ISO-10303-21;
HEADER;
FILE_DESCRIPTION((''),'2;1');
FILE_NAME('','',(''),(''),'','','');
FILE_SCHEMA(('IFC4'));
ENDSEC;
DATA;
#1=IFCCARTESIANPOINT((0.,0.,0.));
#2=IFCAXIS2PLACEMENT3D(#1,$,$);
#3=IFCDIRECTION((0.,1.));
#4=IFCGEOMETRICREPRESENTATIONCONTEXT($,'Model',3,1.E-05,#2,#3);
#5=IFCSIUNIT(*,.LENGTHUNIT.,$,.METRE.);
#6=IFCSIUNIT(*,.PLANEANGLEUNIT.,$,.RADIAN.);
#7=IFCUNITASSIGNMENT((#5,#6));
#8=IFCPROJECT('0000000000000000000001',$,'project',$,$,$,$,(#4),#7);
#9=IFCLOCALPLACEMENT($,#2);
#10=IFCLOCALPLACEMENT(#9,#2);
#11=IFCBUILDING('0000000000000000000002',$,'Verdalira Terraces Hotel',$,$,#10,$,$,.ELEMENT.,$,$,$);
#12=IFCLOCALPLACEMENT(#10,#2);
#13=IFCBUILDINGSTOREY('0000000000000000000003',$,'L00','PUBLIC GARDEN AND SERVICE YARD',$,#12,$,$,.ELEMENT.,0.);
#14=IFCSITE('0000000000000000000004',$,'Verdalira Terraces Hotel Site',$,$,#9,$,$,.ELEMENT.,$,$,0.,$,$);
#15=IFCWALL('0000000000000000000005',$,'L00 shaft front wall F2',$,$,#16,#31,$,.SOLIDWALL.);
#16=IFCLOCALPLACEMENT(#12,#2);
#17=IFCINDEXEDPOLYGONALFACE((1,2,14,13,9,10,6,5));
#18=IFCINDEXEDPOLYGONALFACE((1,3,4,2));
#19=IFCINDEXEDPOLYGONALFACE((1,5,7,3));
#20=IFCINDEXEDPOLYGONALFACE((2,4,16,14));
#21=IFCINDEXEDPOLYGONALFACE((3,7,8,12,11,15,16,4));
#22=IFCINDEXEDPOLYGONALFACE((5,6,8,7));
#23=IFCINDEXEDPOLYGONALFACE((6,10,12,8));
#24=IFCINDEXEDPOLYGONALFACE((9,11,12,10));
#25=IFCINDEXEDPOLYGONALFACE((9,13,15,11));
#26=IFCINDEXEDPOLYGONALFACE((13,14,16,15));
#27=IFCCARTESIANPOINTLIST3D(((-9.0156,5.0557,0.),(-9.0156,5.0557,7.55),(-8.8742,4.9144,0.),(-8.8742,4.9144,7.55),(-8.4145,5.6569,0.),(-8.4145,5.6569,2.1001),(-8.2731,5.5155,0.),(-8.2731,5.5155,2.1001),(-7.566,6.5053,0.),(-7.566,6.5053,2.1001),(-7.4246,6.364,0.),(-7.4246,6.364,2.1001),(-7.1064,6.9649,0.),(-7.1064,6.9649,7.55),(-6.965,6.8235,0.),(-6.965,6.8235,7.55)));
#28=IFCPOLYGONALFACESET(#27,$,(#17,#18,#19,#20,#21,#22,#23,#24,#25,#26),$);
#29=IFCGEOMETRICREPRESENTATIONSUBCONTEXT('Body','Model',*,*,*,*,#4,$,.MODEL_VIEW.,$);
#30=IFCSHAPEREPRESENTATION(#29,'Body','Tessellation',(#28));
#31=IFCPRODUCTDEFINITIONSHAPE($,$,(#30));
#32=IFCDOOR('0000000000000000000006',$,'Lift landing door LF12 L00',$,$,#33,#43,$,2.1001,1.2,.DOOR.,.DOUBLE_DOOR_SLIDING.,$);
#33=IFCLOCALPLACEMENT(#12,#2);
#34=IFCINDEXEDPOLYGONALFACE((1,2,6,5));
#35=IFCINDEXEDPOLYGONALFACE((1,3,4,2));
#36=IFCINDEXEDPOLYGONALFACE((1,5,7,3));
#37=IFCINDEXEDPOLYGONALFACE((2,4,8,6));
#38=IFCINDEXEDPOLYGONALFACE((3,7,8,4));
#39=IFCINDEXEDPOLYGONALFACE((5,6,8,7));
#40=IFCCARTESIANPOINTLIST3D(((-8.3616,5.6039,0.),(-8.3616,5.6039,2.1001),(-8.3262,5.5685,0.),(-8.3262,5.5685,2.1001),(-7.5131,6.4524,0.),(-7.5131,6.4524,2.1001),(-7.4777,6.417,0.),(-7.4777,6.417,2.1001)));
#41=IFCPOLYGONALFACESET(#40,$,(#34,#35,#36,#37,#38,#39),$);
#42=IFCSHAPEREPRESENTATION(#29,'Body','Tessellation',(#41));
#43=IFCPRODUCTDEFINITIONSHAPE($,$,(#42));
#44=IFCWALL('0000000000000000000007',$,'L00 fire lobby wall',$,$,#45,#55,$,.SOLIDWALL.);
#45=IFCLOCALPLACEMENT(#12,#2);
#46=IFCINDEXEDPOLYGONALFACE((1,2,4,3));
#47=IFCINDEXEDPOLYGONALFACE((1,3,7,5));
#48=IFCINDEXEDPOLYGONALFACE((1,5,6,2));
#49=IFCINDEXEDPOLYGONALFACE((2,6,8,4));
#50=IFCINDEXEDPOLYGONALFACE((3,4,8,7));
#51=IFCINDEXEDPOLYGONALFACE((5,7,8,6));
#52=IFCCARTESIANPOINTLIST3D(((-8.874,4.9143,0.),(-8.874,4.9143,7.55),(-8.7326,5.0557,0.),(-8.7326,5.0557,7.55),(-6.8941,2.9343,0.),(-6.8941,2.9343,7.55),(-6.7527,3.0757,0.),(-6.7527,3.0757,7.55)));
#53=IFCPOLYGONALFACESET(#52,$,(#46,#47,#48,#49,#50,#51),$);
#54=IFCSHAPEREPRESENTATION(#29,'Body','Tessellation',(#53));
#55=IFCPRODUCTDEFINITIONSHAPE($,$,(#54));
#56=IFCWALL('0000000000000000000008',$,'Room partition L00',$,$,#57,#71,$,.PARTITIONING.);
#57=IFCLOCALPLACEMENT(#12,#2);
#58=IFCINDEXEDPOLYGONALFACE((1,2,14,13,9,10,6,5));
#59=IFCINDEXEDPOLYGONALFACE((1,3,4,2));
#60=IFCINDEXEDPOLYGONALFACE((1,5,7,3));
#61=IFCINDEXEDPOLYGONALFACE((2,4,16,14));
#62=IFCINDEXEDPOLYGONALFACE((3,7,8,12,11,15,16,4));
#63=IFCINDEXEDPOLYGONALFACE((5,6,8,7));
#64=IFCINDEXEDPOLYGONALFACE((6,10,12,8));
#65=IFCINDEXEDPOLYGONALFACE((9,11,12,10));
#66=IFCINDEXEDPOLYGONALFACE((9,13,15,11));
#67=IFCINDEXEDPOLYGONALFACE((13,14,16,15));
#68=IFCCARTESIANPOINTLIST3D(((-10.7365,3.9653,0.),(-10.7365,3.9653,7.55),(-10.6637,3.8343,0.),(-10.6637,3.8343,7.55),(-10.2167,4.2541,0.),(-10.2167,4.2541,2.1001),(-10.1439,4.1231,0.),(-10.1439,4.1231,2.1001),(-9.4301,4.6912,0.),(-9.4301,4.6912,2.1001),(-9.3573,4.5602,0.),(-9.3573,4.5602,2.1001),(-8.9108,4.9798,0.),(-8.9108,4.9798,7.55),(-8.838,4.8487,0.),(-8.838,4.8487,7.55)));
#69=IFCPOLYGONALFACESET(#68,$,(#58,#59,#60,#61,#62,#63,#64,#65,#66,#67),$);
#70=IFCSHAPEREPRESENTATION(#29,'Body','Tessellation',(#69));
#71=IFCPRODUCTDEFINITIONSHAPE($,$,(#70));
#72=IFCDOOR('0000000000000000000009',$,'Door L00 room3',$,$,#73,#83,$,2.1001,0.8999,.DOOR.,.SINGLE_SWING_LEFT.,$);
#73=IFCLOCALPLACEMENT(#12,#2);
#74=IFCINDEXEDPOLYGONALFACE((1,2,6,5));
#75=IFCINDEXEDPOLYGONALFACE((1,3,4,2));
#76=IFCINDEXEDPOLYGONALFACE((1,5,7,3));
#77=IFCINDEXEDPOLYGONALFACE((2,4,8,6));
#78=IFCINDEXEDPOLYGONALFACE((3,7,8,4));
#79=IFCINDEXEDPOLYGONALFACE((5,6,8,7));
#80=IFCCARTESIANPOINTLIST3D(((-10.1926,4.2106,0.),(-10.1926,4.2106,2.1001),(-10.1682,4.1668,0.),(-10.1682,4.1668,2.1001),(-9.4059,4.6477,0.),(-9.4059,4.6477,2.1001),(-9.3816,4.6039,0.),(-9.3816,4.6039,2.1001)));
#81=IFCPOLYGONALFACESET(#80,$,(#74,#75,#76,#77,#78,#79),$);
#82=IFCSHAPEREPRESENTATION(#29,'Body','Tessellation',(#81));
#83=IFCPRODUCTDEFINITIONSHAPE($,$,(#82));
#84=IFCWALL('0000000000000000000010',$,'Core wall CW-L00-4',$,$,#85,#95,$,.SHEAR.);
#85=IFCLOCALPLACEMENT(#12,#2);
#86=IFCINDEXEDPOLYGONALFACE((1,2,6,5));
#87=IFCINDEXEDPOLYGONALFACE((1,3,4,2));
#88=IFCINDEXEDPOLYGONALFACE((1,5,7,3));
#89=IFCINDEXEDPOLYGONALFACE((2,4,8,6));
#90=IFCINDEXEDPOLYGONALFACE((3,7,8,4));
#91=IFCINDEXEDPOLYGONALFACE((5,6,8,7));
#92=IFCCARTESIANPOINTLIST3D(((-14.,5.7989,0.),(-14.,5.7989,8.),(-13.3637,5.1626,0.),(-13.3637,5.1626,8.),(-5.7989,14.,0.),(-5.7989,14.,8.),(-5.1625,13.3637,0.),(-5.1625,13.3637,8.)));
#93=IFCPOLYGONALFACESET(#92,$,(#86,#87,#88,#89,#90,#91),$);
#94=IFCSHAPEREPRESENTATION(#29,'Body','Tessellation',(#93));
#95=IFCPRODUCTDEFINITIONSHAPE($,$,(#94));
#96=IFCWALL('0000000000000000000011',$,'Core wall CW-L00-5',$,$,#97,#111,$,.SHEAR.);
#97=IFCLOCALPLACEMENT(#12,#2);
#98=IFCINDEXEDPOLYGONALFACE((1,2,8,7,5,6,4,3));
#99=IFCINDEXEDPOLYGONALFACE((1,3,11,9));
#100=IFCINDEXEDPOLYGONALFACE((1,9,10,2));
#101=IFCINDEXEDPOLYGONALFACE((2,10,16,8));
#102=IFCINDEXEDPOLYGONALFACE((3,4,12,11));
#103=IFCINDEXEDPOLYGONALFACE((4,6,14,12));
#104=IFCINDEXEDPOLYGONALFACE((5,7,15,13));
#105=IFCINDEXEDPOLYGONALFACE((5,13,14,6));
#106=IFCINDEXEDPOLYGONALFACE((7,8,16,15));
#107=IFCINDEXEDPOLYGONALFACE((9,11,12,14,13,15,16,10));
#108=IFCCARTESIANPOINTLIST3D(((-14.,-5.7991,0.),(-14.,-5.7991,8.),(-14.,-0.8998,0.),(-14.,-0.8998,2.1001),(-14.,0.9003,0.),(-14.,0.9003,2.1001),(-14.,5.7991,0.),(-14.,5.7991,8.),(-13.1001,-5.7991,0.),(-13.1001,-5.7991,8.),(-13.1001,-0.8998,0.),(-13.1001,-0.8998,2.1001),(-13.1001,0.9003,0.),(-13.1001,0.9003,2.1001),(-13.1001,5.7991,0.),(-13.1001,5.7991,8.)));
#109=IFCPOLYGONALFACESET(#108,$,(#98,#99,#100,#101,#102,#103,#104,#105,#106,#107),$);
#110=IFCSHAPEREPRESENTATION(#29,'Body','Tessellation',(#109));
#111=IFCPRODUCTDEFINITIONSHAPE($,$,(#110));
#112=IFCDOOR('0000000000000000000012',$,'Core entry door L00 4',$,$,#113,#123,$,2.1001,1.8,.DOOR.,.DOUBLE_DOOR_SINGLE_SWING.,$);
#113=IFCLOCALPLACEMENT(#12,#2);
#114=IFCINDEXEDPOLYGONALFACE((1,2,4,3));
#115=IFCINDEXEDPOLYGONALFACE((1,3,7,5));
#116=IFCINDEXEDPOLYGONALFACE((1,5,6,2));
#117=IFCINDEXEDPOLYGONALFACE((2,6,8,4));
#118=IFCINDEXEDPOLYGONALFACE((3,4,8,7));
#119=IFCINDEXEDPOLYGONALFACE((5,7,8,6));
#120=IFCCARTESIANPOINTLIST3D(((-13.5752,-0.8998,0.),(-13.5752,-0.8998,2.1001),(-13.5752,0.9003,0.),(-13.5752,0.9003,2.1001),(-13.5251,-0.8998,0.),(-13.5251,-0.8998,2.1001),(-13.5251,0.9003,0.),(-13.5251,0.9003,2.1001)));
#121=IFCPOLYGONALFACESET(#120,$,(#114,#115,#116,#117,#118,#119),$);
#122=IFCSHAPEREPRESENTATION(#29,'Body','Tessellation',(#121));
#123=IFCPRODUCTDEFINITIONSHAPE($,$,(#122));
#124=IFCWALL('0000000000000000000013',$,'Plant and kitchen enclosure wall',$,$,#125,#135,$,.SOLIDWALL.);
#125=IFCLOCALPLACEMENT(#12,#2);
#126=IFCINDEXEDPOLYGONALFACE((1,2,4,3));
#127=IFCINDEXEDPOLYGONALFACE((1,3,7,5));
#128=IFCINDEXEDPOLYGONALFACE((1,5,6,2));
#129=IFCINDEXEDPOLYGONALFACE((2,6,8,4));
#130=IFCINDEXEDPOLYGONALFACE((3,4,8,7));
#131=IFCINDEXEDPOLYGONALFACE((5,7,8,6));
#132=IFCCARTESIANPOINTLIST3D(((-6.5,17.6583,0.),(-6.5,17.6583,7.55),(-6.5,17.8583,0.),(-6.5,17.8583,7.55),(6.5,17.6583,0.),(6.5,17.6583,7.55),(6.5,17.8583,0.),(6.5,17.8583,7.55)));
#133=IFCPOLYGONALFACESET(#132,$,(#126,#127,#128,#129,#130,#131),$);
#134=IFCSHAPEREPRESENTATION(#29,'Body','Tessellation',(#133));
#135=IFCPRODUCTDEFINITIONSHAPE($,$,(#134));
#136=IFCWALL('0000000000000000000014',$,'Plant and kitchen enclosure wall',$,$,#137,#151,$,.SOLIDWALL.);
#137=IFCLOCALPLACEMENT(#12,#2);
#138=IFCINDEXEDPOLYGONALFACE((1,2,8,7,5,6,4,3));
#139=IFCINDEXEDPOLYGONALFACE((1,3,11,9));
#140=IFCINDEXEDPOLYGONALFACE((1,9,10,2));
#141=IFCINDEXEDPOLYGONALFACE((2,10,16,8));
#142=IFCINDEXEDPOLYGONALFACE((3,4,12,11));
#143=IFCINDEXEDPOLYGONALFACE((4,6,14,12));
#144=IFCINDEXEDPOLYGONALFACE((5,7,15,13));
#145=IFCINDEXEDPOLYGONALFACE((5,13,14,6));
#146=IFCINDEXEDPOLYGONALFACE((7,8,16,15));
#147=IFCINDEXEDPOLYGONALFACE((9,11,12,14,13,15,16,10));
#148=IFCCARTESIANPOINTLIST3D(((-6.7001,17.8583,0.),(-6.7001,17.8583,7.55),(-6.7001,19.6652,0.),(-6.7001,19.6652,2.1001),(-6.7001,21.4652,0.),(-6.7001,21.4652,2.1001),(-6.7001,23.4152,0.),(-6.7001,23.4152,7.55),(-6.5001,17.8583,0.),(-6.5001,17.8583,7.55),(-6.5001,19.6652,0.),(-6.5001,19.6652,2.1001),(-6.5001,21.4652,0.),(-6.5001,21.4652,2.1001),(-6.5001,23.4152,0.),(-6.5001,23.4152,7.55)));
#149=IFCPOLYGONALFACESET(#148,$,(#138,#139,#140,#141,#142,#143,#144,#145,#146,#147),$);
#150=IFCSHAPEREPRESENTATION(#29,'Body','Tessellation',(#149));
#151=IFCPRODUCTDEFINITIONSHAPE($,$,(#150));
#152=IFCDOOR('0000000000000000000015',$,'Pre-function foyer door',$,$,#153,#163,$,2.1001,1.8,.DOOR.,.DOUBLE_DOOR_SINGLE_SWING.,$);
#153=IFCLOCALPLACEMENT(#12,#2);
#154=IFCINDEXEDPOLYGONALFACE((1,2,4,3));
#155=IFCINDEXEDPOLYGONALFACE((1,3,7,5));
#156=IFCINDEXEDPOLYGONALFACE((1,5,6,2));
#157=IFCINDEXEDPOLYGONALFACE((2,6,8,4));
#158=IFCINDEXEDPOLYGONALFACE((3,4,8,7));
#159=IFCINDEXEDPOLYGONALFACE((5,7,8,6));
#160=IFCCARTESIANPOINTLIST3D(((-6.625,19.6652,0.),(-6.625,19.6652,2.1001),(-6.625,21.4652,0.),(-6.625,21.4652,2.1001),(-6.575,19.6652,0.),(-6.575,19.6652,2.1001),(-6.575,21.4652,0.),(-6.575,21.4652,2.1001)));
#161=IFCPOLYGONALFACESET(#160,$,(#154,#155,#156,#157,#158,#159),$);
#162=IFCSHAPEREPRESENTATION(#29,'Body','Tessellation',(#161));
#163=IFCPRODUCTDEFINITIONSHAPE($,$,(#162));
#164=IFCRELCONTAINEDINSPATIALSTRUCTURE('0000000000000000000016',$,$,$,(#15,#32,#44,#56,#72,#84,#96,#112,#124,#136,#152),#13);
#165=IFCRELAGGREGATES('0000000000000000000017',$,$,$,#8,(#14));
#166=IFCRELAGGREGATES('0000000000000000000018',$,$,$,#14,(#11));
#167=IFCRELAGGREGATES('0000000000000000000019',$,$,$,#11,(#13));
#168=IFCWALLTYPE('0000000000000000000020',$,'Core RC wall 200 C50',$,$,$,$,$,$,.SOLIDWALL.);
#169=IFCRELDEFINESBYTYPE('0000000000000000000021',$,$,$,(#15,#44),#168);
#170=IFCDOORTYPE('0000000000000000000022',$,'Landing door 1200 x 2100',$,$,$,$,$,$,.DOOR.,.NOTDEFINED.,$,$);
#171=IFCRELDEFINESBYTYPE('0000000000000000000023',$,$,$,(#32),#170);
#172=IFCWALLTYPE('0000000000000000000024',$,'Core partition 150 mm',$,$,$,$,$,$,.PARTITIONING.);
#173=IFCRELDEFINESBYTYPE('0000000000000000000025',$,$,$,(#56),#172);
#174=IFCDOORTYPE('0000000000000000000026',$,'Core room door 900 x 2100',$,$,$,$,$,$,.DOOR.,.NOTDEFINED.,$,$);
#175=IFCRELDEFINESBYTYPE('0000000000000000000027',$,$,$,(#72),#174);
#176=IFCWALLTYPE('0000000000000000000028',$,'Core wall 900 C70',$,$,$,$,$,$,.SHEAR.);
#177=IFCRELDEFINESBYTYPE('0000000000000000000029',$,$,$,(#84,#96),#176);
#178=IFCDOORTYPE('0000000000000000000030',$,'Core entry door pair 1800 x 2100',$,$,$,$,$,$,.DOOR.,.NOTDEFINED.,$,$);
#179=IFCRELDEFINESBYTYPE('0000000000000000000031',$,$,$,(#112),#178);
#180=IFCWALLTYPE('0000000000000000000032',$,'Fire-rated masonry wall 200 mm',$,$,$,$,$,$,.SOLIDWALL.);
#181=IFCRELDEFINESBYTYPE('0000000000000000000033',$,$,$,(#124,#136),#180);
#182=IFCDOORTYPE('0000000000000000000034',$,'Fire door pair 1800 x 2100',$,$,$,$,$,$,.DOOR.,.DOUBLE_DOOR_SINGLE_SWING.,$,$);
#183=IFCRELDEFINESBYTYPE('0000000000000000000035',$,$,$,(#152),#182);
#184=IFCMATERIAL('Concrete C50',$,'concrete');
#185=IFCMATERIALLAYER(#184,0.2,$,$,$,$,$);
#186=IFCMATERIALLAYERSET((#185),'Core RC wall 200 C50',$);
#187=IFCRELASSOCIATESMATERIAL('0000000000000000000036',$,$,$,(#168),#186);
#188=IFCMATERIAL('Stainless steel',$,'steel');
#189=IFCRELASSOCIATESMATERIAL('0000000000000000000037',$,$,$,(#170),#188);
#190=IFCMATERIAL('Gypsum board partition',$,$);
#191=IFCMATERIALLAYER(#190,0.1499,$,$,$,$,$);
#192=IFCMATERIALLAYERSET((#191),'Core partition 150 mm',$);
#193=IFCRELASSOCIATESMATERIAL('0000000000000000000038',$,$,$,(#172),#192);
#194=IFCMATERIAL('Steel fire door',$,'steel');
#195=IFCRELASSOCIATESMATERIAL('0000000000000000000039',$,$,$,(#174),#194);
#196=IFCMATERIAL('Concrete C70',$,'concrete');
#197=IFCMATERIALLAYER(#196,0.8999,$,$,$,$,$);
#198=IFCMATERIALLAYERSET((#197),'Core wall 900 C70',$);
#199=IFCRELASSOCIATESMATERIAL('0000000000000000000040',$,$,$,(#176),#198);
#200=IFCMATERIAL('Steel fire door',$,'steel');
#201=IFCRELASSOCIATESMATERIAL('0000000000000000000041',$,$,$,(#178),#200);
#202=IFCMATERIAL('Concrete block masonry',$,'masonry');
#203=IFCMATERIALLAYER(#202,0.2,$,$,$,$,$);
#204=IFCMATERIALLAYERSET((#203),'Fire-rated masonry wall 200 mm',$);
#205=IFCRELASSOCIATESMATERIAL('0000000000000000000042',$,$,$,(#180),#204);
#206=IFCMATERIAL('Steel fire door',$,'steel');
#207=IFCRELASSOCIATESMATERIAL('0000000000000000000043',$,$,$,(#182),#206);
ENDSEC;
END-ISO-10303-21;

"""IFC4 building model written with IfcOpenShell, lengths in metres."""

from ifc_helpers import new_model, si_unit, direction, frame, frame_2d, origin, place, context, subcontext, project, spatial, rectangle, extrude, material, layer, layer_set, type_object, element, fill, save


model = new_model("IFC4")

# Units and contexts
model_context = context("Model", 3, precision=1e-05, world=origin(), true_north=direction((0.0, 1.0)))
body_context = subcontext(model_context, "Body", "Model", "MODEL_VIEW")
ifc_project = project(units=[si_unit("LENGTHUNIT", "METRE"), si_unit("PLANEANGLEUNIT", "RADIAN")], contexts=[model_context])

# Site, building, storey
site_placement = place(None, origin())
site = spatial("IfcSite", under=ifc_project, at=site_placement, Name="Verdalira Terraces Hotel Site", CompositionType="ELEMENT", RefElevation=0.0)
building_placement = place(site_placement, origin())
building = spatial("IfcBuilding", under=site, at=building_placement, Name="Verdalira Terraces Hotel", CompositionType="ELEMENT")
storey_placement = place(building_placement, origin())
storey = spatial("IfcBuildingStorey", under=building, at=storey_placement, Name="L00", Description="PUBLIC GARDEN AND SERVICE YARD", CompositionType="ELEMENT", Elevation=0.0)

# Wall, opening, door
ifc_material_1 = material(Name="Concrete C50", Category="concrete")
ifc_layer_1 = layer(ifc_material_1, 0.2)
ifc_layer_set_1 = layer_set([ifc_layer_1], Name="Core RC wall 200 C50")
wall_type_1 = type_object("IfcWallType", Name="Core RC wall 200 C50", PredefinedType="SOLIDWALL", material=ifc_layer_set_1)
ifc_material_2 = material(Name="Stainless steel", Category="steel")
door_type_1 = type_object("IfcDoorType", Name="Landing door 1200 x 2100", OperationType="NOTDEFINED", PredefinedType="DOOR", material=ifc_material_2)
wall_1_placement = place(storey_placement, frame((-7.0356, 6.8943, 0.0), z_axis=(0.0, 0.0, 1.0), x_axis=(-0.707107, -0.707107, 0.0)))
wall_1 = element("IfcWall", 1, at=wall_1_placement, inside=storey, type_object=wall_type_1, Name="L00 shaft front wall F2", PredefinedType="SOLIDWALL", context=body_context, shape_type="SweptSolid", body=[
    extrude(rectangle(XDim=2.7, YDim=0.2, at=frame_2d((1.3501, 0.0))), origin(), (0.0, 0.0, 1.0), 7.55),
])
opening_1_placement = place(wall_1_placement, frame((0.6499, 0.0, 0.0)))
opening_1 = element("IfcOpeningElement", 2, at=opening_1_placement, cuts=wall_1, PredefinedType="OPENING", context=body_context, shape_type="SweptSolid", body=[
    extrude(rectangle(XDim=1.2, YDim=2.1001, at=frame_2d((0.6001, 1.05))), frame((0.0, 0.1099, 0.0), z_axis=(0.0, -1.0, 0.0), x_axis=(1.0, 0.0, 0.0)), (0.0, 0.0, 1.0), 0.22),
])
door_1_placement = place(opening_1_placement, origin())
door_1 = element("IfcDoor", 3, at=door_1_placement, inside=storey, type_object=door_type_1, Name="Lift landing door LF12 L00", OperationType="DOUBLE_DOOR_SLIDING", OverallHeight=2.1001, OverallWidth=1.2, PredefinedType="DOOR", context=body_context, shape_type="SweptSolid", body=[
    extrude(rectangle(XDim=1.2, YDim=2.1001, at=frame_2d((0.6001, 1.05))), frame((0.0, 0.0249, 0.0), z_axis=(0.0, -1.0, 0.0), x_axis=(1.0, 0.0, 0.0)), (0.0, 0.0, 1.0), 0.05),
])
fill(opening_1, door_1)

# Wall
wall_2_placement = place(storey_placement, frame((-6.8235, 3.0051, 0.0), z_axis=(0.0, 0.0, 1.0), x_axis=(-0.707107, 0.707107, 0.0)))
element("IfcWall", 4, at=wall_2_placement, inside=storey, type_object=wall_type_1, Name="L00 fire lobby wall", PredefinedType="SOLIDWALL", context=body_context, shape_type="SweptSolid", body=[
    extrude(rectangle(XDim=2.8, YDim=0.2, at=frame_2d((1.3999, 0.0))), origin(), (0.0, 0.0, 1.0), 7.55),
])

# Wall, opening, door
ifc_material_3 = material(Name="Gypsum board partition")
ifc_layer_2 = layer(ifc_material_3, 0.1499)
ifc_layer_set_2 = layer_set([ifc_layer_2], Name="Core partition 150 mm")
wall_type_2 = type_object("IfcWallType", Name="Core partition 150 mm", PredefinedType="PARTITIONING", material=ifc_layer_set_2)
wall_3_placement = place(storey_placement, frame((-8.8743, 4.9143, 0.0), z_axis=(0.0, 0.0, 1.0), x_axis=(-0.87413, -0.485693, 0.0)))
wall_3 = element("IfcWall", 5, at=wall_3_placement, inside=storey, type_object=wall_type_2, Name="Room partition L00", PredefinedType="PARTITIONING", context=body_context, shape_type="SweptSolid", body=[
    extrude(rectangle(XDim=2.0886, YDim=0.1499, at=frame_2d((1.0444, 0.0))), origin(), (0.0, 0.0, 1.0), 7.55),
])
opening_2_placement = place(wall_3_placement, frame((0.5942, 0.0, 0.0)))
opening_2 = element("IfcOpeningElement", 6, at=opening_2_placement, cuts=wall_3, PredefinedType="OPENING", context=body_context, shape_type="SweptSolid", body=[
    extrude(rectangle(XDim=0.8999, YDim=2.1001, at=frame_2d((0.45, 1.05))), frame((0.0, 0.085, 0.0), z_axis=(0.0, -1.0, 0.0), x_axis=(1.0, 0.0, 0.0)), (0.0, 0.0, 1.0), 0.1699),
])
ifc_material_4 = material(Name="Steel fire door", Category="steel")
door_type_2 = type_object("IfcDoorType", Name="Core room door 900 x 2100", OperationType="NOTDEFINED", PredefinedType="DOOR", material=ifc_material_4)
door_2_placement = place(opening_2_placement, origin())
door_2 = element("IfcDoor", 7, at=door_2_placement, inside=storey, type_object=door_type_2, Name="Door L00 room3", OperationType="SINGLE_SWING_LEFT", OverallHeight=2.1001, OverallWidth=0.8999, PredefinedType="DOOR", context=body_context, shape_type="SweptSolid", body=[
    extrude(rectangle(XDim=0.8999, YDim=2.1001, at=frame_2d((0.45, 1.05))), frame((0.0, 0.0249, 0.0), z_axis=(0.0, -1.0, 0.0), x_axis=(1.0, 0.0, 0.0)), (0.0, 0.0, 1.0), 0.05),
])
fill(opening_2, door_2)

# Wall
ifc_material_5 = material(Name="Concrete C70", Category="concrete")
ifc_layer_3 = layer(ifc_material_5, 0.8999)
ifc_layer_set_3 = layer_set([ifc_layer_3], Name="Core wall 900 C70")
wall_type_3 = type_object("IfcWallType", Name="Core wall 900 C70", PredefinedType="SHEAR", material=ifc_layer_set_3)
wall_4_placement = place(storey_placement, frame((-5.4807, 13.6819, 0.0), z_axis=(0.0, 0.0, 1.0), x_axis=(-0.707107, -0.707107, 0.0)))
element("IfcWall", 8, at=wall_4_placement, inside=storey, type_object=wall_type_3, Name="Core wall CW-L00-4", PredefinedType="SHEAR", context=body_context, shape_type="SweptSolid", body=[
    extrude(rectangle(XDim=11.5981, YDim=0.8999, at=frame_2d((5.7991, 0.0))), origin(), (0.0, 0.0, 1.0), 8.0),
])

# Wall, opening, door
wall_5_placement = place(storey_placement, frame((-13.55, 5.7991, 0.0), z_axis=(0.0, 0.0, 1.0), x_axis=(0.0, -1.0, 0.0)))
wall_5 = element("IfcWall", 9, at=wall_5_placement, inside=storey, type_object=wall_type_3, Name="Core wall CW-L00-5", PredefinedType="SHEAR", context=body_context, shape_type="SweptSolid", body=[
    extrude(rectangle(XDim=11.5981, YDim=0.8999, at=frame_2d((5.7991, 0.0))), origin(), (0.0, 0.0, 1.0), 8.0),
])
opening_3_placement = place(wall_5_placement, frame((4.8989, 0.0, 0.0)))
opening_3 = element("IfcOpeningElement", 10, at=opening_3_placement, cuts=wall_5, PredefinedType="OPENING", context=body_context, shape_type="SweptSolid", body=[
    extrude(rectangle(XDim=1.8, YDim=2.1001, at=frame_2d((0.8999, 1.05))), frame((0.0, 0.46, 0.0), z_axis=(0.0, -1.0, 0.0), x_axis=(1.0, 0.0, 0.0)), (0.0, 0.0, 1.0), 0.9199),
])
ifc_material_6 = material(Name="Steel fire door", Category="steel")
door_type_3 = type_object("IfcDoorType", Name="Core entry door pair 1800 x 2100", OperationType="NOTDEFINED", PredefinedType="DOOR", material=ifc_material_6)
door_3_placement = place(opening_3_placement, origin())
door_3 = element("IfcDoor", 11, at=door_3_placement, inside=storey, type_object=door_type_3, Name="Core entry door L00 4", OperationType="DOUBLE_DOOR_SINGLE_SWING", OverallHeight=2.1001, OverallWidth=1.8, PredefinedType="DOOR", context=body_context, shape_type="SweptSolid", body=[
    extrude(rectangle(XDim=1.8, YDim=2.1001, at=frame_2d((0.8999, 1.05))), frame((0.0, 0.0249, 0.0), z_axis=(0.0, -1.0, 0.0), x_axis=(1.0, 0.0, 0.0)), (0.0, 0.0, 1.0), 0.05),
])
fill(opening_3, door_3)

# Wall
ifc_material_7 = material(Name="Concrete block masonry", Category="masonry")
ifc_layer_4 = layer(ifc_material_7, 0.2)
ifc_layer_set_4 = layer_set([ifc_layer_4], Name="Fire-rated masonry wall 200 mm")
wall_type_4 = type_object("IfcWallType", Name="Fire-rated masonry wall 200 mm", PredefinedType="SOLIDWALL", material=ifc_layer_set_4)
wall_6_placement = place(storey_placement, frame((-6.5, 17.7583, 0.0), z_axis=(0.0, 0.0, 1.0), x_axis=(1.0, 0.0, 0.0)))
element("IfcWall", 12, at=wall_6_placement, inside=storey, type_object=wall_type_4, Name="Plant and kitchen enclosure wall", PredefinedType="SOLIDWALL", context=body_context, shape_type="SweptSolid", body=[
    extrude(rectangle(XDim=13.0, YDim=0.2, at=frame_2d((6.5, 0.0))), origin(), (0.0, 0.0, 1.0), 7.55),
])

# Wall, opening, door
wall_7_placement = place(storey_placement, frame((-6.6001, 17.8584, 0.0), z_axis=(0.0, 0.0, 1.0), x_axis=(0.0, 1.0, 0.0)))
wall_7 = element("IfcWall", 13, at=wall_7_placement, inside=storey, type_object=wall_type_4, Name="Plant and kitchen enclosure wall", PredefinedType="SOLIDWALL", context=body_context, shape_type="SweptSolid", body=[
    extrude(rectangle(XDim=5.5569, YDim=0.2, at=frame_2d((2.7783, 0.0))), origin(), (0.0, 0.0, 1.0), 7.55),
])
opening_4_placement = place(wall_7_placement, frame((1.8069, 0.0, 0.0)))
opening_4 = element("IfcOpeningElement", 14, at=opening_4_placement, cuts=wall_7, PredefinedType="OPENING", context=body_context, shape_type="SweptSolid", body=[
    extrude(rectangle(XDim=1.8, YDim=2.1001, at=frame_2d((0.8999, 1.05))), frame((0.0, 0.1099, 0.0), z_axis=(0.0, -1.0, 0.0), x_axis=(1.0, 0.0, 0.0)), (0.0, 0.0, 1.0), 0.22),
])
ifc_material_8 = material(Name="Steel fire door", Category="steel")
door_type_4 = type_object("IfcDoorType", Name="Fire door pair 1800 x 2100", OperationType="DOUBLE_DOOR_SINGLE_SWING", PredefinedType="DOOR", material=ifc_material_8)
door_4_placement = place(opening_4_placement, origin())
door_4 = element("IfcDoor", 15, at=door_4_placement, inside=storey, type_object=door_type_4, Name="Pre-function foyer door", OperationType="DOUBLE_DOOR_SINGLE_SWING", OverallHeight=2.1001, OverallWidth=1.8, PredefinedType="DOOR", context=body_context, shape_type="SweptSolid", body=[
    extrude(rectangle(XDim=1.8, YDim=2.1001, at=frame_2d((0.8999, 1.05))), frame((0.0, 0.0249, 0.0), z_axis=(0.0, -1.0, 0.0), x_axis=(1.0, 0.0, 0.0)), (0.0, 0.0, 1.0), 0.05),
])
fill(opening_4, door_4)

save(model, "model.ifc")
